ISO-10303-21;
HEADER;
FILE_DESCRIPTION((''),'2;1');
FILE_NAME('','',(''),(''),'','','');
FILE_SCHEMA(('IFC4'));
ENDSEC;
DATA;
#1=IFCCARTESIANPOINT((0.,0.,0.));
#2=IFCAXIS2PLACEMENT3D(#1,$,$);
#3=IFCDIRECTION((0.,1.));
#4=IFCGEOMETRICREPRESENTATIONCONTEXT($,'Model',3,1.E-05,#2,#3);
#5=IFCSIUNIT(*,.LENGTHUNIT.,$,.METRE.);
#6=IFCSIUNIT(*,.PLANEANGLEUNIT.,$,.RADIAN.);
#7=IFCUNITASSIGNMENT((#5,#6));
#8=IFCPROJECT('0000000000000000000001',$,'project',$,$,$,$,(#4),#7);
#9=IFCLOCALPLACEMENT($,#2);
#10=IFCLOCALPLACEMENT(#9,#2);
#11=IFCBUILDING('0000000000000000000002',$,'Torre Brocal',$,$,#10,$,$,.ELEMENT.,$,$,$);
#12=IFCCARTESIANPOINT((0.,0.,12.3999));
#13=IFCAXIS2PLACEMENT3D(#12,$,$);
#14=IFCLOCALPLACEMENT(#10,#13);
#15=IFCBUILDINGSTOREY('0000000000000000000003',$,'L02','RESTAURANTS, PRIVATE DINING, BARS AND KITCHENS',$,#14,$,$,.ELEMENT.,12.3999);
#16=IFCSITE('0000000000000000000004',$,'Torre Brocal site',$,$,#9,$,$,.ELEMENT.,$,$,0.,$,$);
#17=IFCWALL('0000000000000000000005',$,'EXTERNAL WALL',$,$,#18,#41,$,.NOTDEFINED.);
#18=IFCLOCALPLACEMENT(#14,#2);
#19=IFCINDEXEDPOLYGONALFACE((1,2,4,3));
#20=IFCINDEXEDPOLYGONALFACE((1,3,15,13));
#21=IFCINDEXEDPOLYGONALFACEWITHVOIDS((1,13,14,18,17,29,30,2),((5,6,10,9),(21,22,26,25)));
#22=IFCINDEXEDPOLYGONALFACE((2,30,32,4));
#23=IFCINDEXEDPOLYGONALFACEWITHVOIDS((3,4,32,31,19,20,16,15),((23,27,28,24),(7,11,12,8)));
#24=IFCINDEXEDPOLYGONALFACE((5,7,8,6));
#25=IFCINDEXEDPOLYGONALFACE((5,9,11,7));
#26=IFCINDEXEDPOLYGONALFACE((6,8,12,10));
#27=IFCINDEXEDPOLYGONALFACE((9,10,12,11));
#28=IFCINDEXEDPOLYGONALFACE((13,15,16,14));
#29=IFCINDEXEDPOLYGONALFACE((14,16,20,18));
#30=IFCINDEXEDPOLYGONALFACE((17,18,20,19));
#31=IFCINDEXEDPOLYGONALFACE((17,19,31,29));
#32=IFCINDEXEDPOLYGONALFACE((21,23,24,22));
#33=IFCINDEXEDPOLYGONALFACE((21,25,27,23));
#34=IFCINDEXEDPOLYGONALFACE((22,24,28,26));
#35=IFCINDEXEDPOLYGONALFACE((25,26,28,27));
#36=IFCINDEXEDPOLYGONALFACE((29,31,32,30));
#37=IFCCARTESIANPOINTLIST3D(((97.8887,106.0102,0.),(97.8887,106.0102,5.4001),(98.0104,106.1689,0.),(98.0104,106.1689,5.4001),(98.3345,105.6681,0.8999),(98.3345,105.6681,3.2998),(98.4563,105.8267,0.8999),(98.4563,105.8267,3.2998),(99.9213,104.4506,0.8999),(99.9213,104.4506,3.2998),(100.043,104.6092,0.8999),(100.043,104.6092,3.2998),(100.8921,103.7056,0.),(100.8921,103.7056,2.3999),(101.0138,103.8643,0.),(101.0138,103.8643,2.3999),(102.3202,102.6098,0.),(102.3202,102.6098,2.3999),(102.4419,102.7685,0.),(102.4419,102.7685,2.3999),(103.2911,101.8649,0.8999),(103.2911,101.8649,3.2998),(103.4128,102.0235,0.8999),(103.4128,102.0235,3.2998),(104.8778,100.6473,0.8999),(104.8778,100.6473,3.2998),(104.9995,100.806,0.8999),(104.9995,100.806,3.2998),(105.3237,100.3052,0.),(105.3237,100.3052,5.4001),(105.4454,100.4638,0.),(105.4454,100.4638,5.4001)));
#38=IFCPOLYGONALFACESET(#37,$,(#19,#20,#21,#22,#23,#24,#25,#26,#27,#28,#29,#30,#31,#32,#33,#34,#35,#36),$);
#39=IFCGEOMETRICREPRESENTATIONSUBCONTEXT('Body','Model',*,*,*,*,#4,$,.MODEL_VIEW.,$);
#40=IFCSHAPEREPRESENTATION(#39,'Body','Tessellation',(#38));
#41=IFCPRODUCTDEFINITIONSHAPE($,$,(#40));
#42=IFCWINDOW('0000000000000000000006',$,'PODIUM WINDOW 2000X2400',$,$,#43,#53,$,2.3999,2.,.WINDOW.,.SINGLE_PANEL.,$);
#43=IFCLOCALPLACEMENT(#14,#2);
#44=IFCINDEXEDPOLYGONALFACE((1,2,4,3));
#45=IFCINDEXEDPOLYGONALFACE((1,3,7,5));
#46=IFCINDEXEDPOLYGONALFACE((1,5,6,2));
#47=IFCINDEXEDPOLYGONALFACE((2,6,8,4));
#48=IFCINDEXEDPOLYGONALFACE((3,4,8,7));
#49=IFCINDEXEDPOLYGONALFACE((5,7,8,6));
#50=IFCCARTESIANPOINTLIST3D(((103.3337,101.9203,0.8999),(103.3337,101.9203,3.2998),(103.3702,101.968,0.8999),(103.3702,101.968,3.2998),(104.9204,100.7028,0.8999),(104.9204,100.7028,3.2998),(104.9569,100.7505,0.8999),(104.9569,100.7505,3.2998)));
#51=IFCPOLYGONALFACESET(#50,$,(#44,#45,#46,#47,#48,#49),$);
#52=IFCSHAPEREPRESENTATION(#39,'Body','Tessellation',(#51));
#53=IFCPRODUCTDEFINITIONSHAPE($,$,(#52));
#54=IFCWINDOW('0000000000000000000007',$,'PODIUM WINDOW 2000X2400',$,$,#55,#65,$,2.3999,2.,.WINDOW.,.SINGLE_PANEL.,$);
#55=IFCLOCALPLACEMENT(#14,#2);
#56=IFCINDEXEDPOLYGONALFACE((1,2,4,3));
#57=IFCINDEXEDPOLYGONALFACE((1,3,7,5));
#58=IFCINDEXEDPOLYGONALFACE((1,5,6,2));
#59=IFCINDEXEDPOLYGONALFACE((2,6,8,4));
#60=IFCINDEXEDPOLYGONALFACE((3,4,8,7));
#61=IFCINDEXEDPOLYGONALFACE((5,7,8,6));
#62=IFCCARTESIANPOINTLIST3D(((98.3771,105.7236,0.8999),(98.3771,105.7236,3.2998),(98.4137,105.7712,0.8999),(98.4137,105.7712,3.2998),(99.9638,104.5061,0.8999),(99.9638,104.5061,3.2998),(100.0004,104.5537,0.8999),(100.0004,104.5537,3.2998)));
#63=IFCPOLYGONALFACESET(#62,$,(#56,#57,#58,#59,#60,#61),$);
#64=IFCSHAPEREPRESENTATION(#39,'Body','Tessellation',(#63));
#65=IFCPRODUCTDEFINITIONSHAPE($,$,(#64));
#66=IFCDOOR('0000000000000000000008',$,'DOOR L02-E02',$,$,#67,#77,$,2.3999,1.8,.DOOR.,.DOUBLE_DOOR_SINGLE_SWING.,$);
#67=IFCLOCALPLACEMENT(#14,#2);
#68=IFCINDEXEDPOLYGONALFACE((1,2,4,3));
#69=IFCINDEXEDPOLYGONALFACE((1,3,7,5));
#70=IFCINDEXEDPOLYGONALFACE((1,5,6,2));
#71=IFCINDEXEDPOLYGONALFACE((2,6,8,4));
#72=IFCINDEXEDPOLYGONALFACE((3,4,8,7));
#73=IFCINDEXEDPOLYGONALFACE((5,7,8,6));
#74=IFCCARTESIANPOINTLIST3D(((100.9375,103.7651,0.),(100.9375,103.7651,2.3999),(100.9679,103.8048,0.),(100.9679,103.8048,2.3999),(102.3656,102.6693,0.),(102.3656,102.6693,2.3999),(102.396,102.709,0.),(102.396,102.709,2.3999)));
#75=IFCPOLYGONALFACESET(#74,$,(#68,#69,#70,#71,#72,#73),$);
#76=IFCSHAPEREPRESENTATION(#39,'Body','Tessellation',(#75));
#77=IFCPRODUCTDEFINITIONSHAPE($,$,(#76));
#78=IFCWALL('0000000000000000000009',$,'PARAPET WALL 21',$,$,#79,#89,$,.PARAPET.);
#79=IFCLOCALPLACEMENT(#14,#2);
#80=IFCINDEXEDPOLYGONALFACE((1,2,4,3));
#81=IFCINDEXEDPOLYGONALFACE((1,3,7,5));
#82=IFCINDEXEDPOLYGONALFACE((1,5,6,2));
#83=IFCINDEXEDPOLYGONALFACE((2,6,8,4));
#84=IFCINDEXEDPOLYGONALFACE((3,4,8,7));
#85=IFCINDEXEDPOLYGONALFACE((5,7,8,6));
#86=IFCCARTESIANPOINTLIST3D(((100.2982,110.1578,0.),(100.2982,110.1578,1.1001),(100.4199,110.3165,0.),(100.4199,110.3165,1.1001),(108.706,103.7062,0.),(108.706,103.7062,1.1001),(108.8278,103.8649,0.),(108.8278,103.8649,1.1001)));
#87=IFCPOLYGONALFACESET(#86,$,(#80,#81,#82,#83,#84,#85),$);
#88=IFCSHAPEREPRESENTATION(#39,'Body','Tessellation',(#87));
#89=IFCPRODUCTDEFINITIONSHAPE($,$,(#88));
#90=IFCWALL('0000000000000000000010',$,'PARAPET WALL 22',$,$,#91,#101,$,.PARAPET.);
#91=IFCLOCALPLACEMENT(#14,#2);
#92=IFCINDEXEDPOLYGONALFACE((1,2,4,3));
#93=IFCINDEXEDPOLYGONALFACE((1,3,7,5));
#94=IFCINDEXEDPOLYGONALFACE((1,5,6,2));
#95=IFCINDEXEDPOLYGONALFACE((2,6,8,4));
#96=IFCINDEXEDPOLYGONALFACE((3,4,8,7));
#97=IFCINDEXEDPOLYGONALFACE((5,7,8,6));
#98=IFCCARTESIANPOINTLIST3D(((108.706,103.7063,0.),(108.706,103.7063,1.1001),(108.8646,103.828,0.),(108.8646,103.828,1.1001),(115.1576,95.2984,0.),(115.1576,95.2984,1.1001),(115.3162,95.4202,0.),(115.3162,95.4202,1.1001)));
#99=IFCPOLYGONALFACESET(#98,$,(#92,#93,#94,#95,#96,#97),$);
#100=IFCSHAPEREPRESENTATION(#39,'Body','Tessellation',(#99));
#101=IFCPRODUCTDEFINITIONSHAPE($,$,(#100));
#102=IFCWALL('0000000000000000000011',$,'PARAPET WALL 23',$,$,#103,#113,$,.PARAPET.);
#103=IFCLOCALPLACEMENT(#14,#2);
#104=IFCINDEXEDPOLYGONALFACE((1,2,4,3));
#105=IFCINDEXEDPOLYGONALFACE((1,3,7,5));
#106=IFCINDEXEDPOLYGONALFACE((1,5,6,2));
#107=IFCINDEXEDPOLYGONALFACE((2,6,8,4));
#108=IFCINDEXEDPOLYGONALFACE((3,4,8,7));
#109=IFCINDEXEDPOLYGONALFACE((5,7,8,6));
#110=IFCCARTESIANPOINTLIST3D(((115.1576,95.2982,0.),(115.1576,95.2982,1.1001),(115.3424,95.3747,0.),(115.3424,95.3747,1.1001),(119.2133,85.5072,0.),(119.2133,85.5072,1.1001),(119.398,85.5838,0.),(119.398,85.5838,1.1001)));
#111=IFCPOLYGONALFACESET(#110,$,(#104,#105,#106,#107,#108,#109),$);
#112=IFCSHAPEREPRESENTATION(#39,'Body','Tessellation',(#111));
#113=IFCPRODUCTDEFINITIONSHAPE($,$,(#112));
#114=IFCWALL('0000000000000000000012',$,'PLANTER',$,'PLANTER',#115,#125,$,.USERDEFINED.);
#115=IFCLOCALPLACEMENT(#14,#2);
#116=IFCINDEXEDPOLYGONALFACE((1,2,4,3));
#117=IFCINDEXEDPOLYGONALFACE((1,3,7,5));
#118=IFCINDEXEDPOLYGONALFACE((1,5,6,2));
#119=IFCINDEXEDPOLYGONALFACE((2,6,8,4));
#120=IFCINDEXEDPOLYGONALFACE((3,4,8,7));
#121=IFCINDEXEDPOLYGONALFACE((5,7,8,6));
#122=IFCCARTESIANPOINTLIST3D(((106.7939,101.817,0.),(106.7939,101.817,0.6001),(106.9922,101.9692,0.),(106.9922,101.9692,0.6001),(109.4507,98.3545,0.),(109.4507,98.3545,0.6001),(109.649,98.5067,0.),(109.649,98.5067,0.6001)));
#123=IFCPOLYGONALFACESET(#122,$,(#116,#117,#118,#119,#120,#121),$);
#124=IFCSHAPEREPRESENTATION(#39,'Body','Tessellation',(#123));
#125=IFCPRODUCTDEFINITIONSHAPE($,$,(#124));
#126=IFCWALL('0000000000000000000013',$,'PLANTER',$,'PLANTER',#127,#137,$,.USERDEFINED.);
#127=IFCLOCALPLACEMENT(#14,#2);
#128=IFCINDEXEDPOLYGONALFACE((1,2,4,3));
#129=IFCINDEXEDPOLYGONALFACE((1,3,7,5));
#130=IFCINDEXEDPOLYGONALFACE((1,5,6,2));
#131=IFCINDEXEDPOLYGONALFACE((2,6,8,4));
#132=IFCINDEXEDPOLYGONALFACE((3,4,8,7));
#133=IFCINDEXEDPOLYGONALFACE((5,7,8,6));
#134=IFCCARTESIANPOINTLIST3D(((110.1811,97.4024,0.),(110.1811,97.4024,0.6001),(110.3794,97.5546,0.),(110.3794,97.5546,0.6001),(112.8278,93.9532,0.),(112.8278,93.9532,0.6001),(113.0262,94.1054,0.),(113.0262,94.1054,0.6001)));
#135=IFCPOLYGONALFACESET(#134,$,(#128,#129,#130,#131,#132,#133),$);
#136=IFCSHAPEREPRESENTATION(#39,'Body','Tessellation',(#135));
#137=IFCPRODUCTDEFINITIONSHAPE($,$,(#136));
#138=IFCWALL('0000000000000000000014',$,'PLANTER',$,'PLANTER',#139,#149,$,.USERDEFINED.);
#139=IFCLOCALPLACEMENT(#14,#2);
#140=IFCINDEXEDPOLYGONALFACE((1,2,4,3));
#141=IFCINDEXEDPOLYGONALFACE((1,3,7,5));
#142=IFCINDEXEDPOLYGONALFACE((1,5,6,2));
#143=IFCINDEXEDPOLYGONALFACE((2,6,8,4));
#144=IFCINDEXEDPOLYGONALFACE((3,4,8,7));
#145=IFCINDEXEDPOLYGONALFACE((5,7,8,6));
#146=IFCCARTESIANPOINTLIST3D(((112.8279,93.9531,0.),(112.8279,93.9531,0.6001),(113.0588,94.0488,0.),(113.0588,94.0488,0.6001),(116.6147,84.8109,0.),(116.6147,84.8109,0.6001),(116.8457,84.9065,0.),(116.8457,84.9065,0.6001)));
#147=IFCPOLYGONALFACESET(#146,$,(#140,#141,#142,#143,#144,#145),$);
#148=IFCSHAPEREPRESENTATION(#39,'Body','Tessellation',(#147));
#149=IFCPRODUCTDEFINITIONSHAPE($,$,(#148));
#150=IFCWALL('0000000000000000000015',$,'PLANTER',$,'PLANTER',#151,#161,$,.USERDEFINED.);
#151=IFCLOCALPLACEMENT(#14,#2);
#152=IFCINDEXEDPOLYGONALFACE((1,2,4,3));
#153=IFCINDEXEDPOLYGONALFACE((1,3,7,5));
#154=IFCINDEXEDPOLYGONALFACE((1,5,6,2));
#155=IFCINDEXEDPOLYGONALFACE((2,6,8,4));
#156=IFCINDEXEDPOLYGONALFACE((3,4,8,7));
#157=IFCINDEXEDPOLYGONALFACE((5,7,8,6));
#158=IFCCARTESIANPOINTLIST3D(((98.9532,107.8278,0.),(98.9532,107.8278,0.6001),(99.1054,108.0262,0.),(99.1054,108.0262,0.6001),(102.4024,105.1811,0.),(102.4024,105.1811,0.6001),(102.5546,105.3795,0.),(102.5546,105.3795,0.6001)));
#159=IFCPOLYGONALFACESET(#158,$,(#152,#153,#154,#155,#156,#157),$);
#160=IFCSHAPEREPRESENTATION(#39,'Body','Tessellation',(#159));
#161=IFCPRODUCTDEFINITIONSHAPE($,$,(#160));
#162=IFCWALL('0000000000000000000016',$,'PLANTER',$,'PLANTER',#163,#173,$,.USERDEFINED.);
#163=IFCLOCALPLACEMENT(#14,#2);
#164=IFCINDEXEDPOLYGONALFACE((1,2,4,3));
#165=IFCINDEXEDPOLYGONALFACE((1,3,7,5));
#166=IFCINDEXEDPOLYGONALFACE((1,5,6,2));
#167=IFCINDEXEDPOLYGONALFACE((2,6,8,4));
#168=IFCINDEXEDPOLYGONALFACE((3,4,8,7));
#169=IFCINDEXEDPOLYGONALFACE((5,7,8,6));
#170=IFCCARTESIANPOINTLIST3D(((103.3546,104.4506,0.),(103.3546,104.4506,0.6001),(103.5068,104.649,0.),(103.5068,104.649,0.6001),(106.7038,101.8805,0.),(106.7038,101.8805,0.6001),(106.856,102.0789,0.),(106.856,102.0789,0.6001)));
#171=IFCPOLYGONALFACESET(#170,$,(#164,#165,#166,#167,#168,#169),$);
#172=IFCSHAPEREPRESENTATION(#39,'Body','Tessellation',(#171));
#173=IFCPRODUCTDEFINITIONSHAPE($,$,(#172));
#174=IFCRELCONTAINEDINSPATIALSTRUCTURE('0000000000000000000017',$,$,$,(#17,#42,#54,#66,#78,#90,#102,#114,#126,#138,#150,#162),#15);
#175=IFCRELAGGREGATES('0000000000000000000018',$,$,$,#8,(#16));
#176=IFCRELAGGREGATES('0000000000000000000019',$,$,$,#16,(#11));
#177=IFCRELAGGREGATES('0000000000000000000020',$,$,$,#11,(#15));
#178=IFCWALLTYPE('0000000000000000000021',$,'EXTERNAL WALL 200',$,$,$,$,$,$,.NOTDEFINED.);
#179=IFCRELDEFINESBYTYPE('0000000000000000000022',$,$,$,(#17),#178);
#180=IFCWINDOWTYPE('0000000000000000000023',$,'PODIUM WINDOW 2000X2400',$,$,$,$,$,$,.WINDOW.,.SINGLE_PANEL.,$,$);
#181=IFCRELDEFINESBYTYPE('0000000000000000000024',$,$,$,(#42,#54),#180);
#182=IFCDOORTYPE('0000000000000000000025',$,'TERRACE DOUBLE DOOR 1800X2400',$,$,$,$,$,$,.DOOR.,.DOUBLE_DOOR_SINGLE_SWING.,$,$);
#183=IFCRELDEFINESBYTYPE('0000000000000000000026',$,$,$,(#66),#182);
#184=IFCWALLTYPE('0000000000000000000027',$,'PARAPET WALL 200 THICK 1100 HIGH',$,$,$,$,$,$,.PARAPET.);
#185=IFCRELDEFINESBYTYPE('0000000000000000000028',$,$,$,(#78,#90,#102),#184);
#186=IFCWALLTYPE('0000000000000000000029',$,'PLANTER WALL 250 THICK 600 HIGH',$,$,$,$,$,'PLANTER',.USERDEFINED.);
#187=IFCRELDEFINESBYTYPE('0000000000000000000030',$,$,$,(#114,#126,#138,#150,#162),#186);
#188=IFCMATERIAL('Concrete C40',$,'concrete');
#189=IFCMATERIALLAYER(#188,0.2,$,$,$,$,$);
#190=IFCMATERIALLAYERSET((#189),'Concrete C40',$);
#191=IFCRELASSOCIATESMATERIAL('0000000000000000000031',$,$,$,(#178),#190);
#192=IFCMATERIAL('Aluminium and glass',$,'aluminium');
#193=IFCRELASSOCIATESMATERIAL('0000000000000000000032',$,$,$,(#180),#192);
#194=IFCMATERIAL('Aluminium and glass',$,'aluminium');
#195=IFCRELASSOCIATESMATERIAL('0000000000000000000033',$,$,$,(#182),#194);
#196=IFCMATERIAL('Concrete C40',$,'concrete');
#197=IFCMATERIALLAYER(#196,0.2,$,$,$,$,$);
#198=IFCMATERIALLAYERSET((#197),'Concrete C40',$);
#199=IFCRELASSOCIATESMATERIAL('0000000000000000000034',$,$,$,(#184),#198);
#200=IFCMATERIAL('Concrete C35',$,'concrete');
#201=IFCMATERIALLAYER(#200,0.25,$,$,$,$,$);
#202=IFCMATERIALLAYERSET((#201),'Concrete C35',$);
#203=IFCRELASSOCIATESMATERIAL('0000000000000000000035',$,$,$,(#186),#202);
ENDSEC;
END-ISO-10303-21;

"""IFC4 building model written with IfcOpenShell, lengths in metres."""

from ifc_helpers import new_model, si_unit, direction, frame, frame_2d, origin, place, context, subcontext, project, spatial, rectangle, extrude, material, layer, layer_set, type_object, element, fill, save


model = new_model("IFC4")

# Units and contexts
model_context = context("Model", 3, precision=1e-05, world=origin(), true_north=direction((0.0, 1.0)))
body_context = subcontext(model_context, "Body", "Model", "MODEL_VIEW")
ifc_project = project(units=[si_unit("LENGTHUNIT", "METRE"), si_unit("PLANEANGLEUNIT", "RADIAN")], contexts=[model_context])

# Site, building, storey
site_placement = place(None, origin())
site = spatial("IfcSite", under=ifc_project, at=site_placement, Name="Torre Brocal site", CompositionType="ELEMENT", RefElevation=0.0)
building_placement = place(site_placement, origin())
building = spatial("IfcBuilding", under=site, at=building_placement, Name="Torre Brocal", CompositionType="ELEMENT")
storey_placement = place(building_placement, frame((0.0, 0.0, 12.3999)))
storey = spatial("IfcBuildingStorey", under=building, at=storey_placement, Name="L02", Description="RESTAURANTS, PRIVATE DINING, BARS AND KITCHENS", CompositionType="ELEMENT", Elevation=12.3999)

# Wall, openings, windows, door
ifc_material_1 = material(Name="Concrete C40", Category="concrete")
ifc_layer_1 = layer(ifc_material_1, 0.2)
ifc_layer_set_1 = layer_set([ifc_layer_1], Name="Concrete C40")
wall_type_1 = type_object("IfcWallType", Name="EXTERNAL WALL 200", PredefinedType="NOTDEFINED", material=ifc_layer_set_1)
wall_1_placement = place(storey_placement, frame((105.3845, 100.3845, 0.0), z_axis=(0.0, 0.0, 1.0), x_axis=(-0.793356, 0.608759, 0.0)))
wall_1 = element("IfcWall", 1, at=wall_1_placement, inside=storey, type_object=wall_type_1, Name="EXTERNAL WALL", PredefinedType="NOTDEFINED", context=body_context, shape_type="SweptSolid", body=[
    extrude(rectangle(XDim=9.3716, YDim=0.2, at=frame_2d((4.6858, 0.0))), origin(), (0.0, 0.0, 1.0), 5.4001),
])
opening_1_placement = place(wall_1_placement, frame((0.562, 0.0, 0.8999)))
opening_1 = element("IfcOpeningElement", 2, at=opening_1_placement, cuts=wall_1, PredefinedType="OPENING", context=body_context, shape_type="SweptSolid", body=[
    extrude(rectangle(XDim=2.0, YDim=2.3999, at=frame_2d((1.0, 1.2))), frame((0.0, 0.1099, 0.0), z_axis=(0.0, -1.0, 0.0), x_axis=(1.0, 0.0, 0.0)), (0.0, 0.0, 1.0), 0.22),
])
opening_2_placement = place(wall_1_placement, frame((3.7859, 0.0, 0.0)))
opening_2 = element("IfcOpeningElement", 3, at=opening_2_placement, cuts=wall_1, PredefinedType="OPENING", context=body_context, shape_type="SweptSolid", body=[
    extrude(rectangle(XDim=1.8, YDim=2.3999, at=frame_2d((0.8999, 1.2))), frame((0.0, 0.1099, 0.0), z_axis=(0.0, -1.0, 0.0), x_axis=(1.0, 0.0, 0.0)), (0.0, 0.0, 1.0), 0.22),
])
opening_3_placement = place(wall_1_placement, frame((6.8096, 0.0, 0.8999)))
opening_3 = element("IfcOpeningElement", 4, at=opening_3_placement, cuts=wall_1, PredefinedType="OPENING", context=body_context, shape_type="SweptSolid", body=[
    extrude(rectangle(XDim=2.0, YDim=2.3999, at=frame_2d((1.0, 1.2))), frame((0.0, 0.1099, 0.0), z_axis=(0.0, -1.0, 0.0), x_axis=(1.0, 0.0, 0.0)), (0.0, 0.0, 1.0), 0.22),
])
ifc_material_2 = material(Name="Aluminium and glass", Category="aluminium")
window_type = type_object("IfcWindowType", Name="PODIUM WINDOW 2000X2400", PartitioningType="SINGLE_PANEL", PredefinedType="WINDOW", material=ifc_material_2)
window_1_placement = place(opening_1_placement, origin())
window_1 = element("IfcWindow", 5, at=window_1_placement, inside=storey, type_object=window_type, Name="PODIUM WINDOW 2000X2400", OverallHeight=2.3999, OverallWidth=2.0, PartitioningType="SINGLE_PANEL", PredefinedType="WINDOW", context=body_context, shape_type="SweptSolid", body=[
    extrude(rectangle(XDim=2.0, YDim=2.3999, at=frame_2d((1.0, 1.2))), frame((0.0, 0.03, 0.0), z_axis=(0.0, -1.0, 0.0), x_axis=(1.0, 0.0, 0.0)), (0.0, 0.0, 1.0), 0.0601),
])
fill(opening_1, window_1)
window_2_placement = place(opening_3_placement, origin())
window_2 = element("IfcWindow", 6, at=window_2_placement, inside=storey, type_object=window_type, Name="PODIUM WINDOW 2000X2400", OverallHeight=2.3999, OverallWidth=2.0, PartitioningType="SINGLE_PANEL", PredefinedType="WINDOW", context=body_context, shape_type="SweptSolid", body=[
    extrude(rectangle(XDim=2.0, YDim=2.3999, at=frame_2d((1.0, 1.2))), frame((0.0, 0.03, 0.0), z_axis=(0.0, -1.0, 0.0), x_axis=(1.0, 0.0, 0.0)), (0.0, 0.0, 1.0), 0.0601),
])
fill(opening_3, window_2)
ifc_material_3 = material(Name="Aluminium and glass", Category="aluminium")
door_type = type_object("IfcDoorType", Name="TERRACE DOUBLE DOOR 1800X2400", OperationType="DOUBLE_DOOR_SINGLE_SWING", PredefinedType="DOOR", material=ifc_material_3)
door_placement = place(opening_2_placement, frame((1.8, 0.0, 0.0), z_axis=(0.0, 0.0, 1.0), x_axis=(-1.0, 0.0, 0.0)))
door = element("IfcDoor", 7, at=door_placement, inside=storey, type_object=door_type, Name="DOOR L02-E02", OperationType="DOUBLE_DOOR_SINGLE_SWING", OverallHeight=2.3999, OverallWidth=1.8, PredefinedType="DOOR", context=body_context, shape_type="SweptSolid", body=[
    extrude(rectangle(XDim=1.8, YDim=2.3999, at=frame_2d((0.8999, 1.2))), frame((0.0, 0.0249, 0.0), z_axis=(0.0, -1.0, 0.0), x_axis=(1.0, 0.0, 0.0)), (0.0, 0.0, 1.0), 0.05),
])
fill(opening_2, door)

# Walls
ifc_material_4 = material(Name="Concrete C40", Category="concrete")
ifc_layer_2 = layer(ifc_material_4, 0.2)
ifc_layer_set_2 = layer_set([ifc_layer_2], Name="Concrete C40")
wall_type_2 = type_object("IfcWallType", Name="PARAPET WALL 200 THICK 1100 HIGH", PredefinedType="PARAPET", material=ifc_layer_set_2)
for number, where, z_axis, x_axis, name in (
    (8, (100.3591, 110.2371, 0.0), (0.0, 0.0, 1.0), (0.793353, -0.608762, 0.0), "PARAPET WALL 21"),
    (9, (108.7854, 103.7671, 0.0), (0.0, 0.0, 1.0), (0.608762, -0.793353, 0.0), "PARAPET WALL 22"),
):
    element("IfcWall", number, at=place(storey_placement, frame(where, z_axis=z_axis, x_axis=x_axis)), inside=storey, type_object=wall_type_2, Name=name, PredefinedType="PARAPET", context=body_context, shape_type="SweptSolid", body=[
        extrude(rectangle(XDim=10.5979, YDim=0.2, at=frame_2d((5.2988, 0.0))), origin(), (0.0, 0.0, 1.0), 1.1001),
    ])
wall_2_placement = place(storey_placement, frame((115.25, 95.3364, 0.0), z_axis=(0.0, 0.0, 1.0), x_axis=(0.382691, -0.923876, 0.0)))
element("IfcWall", 10, at=wall_2_placement, inside=storey, type_object=wall_type_2, Name="PARAPET WALL 23", PredefinedType="PARAPET", context=body_context, shape_type="SweptSolid", body=[
    extrude(rectangle(XDim=10.5977, YDim=0.2, at=frame_2d((5.2988, 0.0))), origin(), (0.0, 0.0, 1.0), 1.1001),
])
ifc_material_5 = material(Name="Concrete C35", Category="concrete")
ifc_layer_3 = layer(ifc_material_5, 0.25)
ifc_layer_set_3 = layer_set([ifc_layer_3], Name="Concrete C35")
wall_type_3 = type_object("IfcWallType", Name="PLANTER WALL 250 THICK 600 HIGH", ElementType="PLANTER", PredefinedType="USERDEFINED", material=ifc_layer_set_3)
wall_3_placement = place(storey_placement, frame((106.8931, 101.8931, 0.0), z_axis=(0.0, 0.0, 1.0), x_axis=(0.608753, -0.79336, 0.0)))
element("IfcWall", 11, at=wall_3_placement, inside=storey, type_object=wall_type_3, Name="PLANTER", ObjectType="PLANTER", PredefinedType="USERDEFINED", context=body_context, shape_type="SweptSolid", body=[
    extrude(rectangle(XDim=4.3643, YDim=0.25, at=frame_2d((2.1821, 0.0))), origin(), (0.0, 0.0, 1.0), 0.6001),
])
wall_4_placement = place(storey_placement, frame((110.2803, 97.4785, 0.0), z_axis=(0.0, 0.0, 1.0), x_axis=(0.608769, -0.793348, 0.0)))
element("IfcWall", 12, at=wall_4_placement, inside=storey, type_object=wall_type_3, Name="PLANTER", ObjectType="PLANTER", PredefinedType="USERDEFINED", context=body_context, shape_type="SweptSolid", body=[
    extrude(rectangle(XDim=4.3477, YDim=0.25, at=frame_2d((2.1738, 0.0))), origin(), (0.0, 0.0, 1.0), 0.6001),
])
wall_5_placement = place(storey_placement, frame((112.9434, 94.001, 0.0), z_axis=(0.0, 0.0, 1.0), x_axis=(0.382682, -0.92388, 0.0)))
element("IfcWall", 13, at=wall_5_placement, inside=storey, type_object=wall_type_3, Name="PLANTER", ObjectType="PLANTER", PredefinedType="USERDEFINED", context=body_context, shape_type="SweptSolid", body=[
    extrude(rectangle(XDim=9.8955, YDim=0.25, at=frame_2d((4.9478, 0.0))), origin(), (0.0, 0.0, 1.0), 0.6001),
])
wall_6_placement = place(storey_placement, frame((99.0293, 107.927, 0.0), z_axis=(0.0, 0.0, 1.0), x_axis=(0.793348, -0.608769, 0.0)))
element("IfcWall", 14, at=wall_6_placement, inside=storey, type_object=wall_type_3, Name="PLANTER", ObjectType="PLANTER", PredefinedType="USERDEFINED", context=body_context, shape_type="SweptSolid", body=[
    extrude(rectangle(XDim=4.3477, YDim=0.25, at=frame_2d((2.1738, 0.0))), origin(), (0.0, 0.0, 1.0), 0.6001),
])
wall_7_placement = place(storey_placement, frame((103.4307, 104.5498, 0.0), z_axis=(0.0, 0.0, 1.0), x_axis=(0.793331, -0.608791, 0.0)))
element("IfcWall", 15, at=wall_7_placement, inside=storey, type_object=wall_type_3, Name="PLANTER", ObjectType="PLANTER", PredefinedType="USERDEFINED", context=body_context, shape_type="SweptSolid", body=[
    extrude(rectangle(XDim=4.2217, YDim=0.25, at=frame_2d((2.1108, 0.0))), origin(), (0.0, 0.0, 1.0), 0.6001),
])

save(model, "model.ifc")
